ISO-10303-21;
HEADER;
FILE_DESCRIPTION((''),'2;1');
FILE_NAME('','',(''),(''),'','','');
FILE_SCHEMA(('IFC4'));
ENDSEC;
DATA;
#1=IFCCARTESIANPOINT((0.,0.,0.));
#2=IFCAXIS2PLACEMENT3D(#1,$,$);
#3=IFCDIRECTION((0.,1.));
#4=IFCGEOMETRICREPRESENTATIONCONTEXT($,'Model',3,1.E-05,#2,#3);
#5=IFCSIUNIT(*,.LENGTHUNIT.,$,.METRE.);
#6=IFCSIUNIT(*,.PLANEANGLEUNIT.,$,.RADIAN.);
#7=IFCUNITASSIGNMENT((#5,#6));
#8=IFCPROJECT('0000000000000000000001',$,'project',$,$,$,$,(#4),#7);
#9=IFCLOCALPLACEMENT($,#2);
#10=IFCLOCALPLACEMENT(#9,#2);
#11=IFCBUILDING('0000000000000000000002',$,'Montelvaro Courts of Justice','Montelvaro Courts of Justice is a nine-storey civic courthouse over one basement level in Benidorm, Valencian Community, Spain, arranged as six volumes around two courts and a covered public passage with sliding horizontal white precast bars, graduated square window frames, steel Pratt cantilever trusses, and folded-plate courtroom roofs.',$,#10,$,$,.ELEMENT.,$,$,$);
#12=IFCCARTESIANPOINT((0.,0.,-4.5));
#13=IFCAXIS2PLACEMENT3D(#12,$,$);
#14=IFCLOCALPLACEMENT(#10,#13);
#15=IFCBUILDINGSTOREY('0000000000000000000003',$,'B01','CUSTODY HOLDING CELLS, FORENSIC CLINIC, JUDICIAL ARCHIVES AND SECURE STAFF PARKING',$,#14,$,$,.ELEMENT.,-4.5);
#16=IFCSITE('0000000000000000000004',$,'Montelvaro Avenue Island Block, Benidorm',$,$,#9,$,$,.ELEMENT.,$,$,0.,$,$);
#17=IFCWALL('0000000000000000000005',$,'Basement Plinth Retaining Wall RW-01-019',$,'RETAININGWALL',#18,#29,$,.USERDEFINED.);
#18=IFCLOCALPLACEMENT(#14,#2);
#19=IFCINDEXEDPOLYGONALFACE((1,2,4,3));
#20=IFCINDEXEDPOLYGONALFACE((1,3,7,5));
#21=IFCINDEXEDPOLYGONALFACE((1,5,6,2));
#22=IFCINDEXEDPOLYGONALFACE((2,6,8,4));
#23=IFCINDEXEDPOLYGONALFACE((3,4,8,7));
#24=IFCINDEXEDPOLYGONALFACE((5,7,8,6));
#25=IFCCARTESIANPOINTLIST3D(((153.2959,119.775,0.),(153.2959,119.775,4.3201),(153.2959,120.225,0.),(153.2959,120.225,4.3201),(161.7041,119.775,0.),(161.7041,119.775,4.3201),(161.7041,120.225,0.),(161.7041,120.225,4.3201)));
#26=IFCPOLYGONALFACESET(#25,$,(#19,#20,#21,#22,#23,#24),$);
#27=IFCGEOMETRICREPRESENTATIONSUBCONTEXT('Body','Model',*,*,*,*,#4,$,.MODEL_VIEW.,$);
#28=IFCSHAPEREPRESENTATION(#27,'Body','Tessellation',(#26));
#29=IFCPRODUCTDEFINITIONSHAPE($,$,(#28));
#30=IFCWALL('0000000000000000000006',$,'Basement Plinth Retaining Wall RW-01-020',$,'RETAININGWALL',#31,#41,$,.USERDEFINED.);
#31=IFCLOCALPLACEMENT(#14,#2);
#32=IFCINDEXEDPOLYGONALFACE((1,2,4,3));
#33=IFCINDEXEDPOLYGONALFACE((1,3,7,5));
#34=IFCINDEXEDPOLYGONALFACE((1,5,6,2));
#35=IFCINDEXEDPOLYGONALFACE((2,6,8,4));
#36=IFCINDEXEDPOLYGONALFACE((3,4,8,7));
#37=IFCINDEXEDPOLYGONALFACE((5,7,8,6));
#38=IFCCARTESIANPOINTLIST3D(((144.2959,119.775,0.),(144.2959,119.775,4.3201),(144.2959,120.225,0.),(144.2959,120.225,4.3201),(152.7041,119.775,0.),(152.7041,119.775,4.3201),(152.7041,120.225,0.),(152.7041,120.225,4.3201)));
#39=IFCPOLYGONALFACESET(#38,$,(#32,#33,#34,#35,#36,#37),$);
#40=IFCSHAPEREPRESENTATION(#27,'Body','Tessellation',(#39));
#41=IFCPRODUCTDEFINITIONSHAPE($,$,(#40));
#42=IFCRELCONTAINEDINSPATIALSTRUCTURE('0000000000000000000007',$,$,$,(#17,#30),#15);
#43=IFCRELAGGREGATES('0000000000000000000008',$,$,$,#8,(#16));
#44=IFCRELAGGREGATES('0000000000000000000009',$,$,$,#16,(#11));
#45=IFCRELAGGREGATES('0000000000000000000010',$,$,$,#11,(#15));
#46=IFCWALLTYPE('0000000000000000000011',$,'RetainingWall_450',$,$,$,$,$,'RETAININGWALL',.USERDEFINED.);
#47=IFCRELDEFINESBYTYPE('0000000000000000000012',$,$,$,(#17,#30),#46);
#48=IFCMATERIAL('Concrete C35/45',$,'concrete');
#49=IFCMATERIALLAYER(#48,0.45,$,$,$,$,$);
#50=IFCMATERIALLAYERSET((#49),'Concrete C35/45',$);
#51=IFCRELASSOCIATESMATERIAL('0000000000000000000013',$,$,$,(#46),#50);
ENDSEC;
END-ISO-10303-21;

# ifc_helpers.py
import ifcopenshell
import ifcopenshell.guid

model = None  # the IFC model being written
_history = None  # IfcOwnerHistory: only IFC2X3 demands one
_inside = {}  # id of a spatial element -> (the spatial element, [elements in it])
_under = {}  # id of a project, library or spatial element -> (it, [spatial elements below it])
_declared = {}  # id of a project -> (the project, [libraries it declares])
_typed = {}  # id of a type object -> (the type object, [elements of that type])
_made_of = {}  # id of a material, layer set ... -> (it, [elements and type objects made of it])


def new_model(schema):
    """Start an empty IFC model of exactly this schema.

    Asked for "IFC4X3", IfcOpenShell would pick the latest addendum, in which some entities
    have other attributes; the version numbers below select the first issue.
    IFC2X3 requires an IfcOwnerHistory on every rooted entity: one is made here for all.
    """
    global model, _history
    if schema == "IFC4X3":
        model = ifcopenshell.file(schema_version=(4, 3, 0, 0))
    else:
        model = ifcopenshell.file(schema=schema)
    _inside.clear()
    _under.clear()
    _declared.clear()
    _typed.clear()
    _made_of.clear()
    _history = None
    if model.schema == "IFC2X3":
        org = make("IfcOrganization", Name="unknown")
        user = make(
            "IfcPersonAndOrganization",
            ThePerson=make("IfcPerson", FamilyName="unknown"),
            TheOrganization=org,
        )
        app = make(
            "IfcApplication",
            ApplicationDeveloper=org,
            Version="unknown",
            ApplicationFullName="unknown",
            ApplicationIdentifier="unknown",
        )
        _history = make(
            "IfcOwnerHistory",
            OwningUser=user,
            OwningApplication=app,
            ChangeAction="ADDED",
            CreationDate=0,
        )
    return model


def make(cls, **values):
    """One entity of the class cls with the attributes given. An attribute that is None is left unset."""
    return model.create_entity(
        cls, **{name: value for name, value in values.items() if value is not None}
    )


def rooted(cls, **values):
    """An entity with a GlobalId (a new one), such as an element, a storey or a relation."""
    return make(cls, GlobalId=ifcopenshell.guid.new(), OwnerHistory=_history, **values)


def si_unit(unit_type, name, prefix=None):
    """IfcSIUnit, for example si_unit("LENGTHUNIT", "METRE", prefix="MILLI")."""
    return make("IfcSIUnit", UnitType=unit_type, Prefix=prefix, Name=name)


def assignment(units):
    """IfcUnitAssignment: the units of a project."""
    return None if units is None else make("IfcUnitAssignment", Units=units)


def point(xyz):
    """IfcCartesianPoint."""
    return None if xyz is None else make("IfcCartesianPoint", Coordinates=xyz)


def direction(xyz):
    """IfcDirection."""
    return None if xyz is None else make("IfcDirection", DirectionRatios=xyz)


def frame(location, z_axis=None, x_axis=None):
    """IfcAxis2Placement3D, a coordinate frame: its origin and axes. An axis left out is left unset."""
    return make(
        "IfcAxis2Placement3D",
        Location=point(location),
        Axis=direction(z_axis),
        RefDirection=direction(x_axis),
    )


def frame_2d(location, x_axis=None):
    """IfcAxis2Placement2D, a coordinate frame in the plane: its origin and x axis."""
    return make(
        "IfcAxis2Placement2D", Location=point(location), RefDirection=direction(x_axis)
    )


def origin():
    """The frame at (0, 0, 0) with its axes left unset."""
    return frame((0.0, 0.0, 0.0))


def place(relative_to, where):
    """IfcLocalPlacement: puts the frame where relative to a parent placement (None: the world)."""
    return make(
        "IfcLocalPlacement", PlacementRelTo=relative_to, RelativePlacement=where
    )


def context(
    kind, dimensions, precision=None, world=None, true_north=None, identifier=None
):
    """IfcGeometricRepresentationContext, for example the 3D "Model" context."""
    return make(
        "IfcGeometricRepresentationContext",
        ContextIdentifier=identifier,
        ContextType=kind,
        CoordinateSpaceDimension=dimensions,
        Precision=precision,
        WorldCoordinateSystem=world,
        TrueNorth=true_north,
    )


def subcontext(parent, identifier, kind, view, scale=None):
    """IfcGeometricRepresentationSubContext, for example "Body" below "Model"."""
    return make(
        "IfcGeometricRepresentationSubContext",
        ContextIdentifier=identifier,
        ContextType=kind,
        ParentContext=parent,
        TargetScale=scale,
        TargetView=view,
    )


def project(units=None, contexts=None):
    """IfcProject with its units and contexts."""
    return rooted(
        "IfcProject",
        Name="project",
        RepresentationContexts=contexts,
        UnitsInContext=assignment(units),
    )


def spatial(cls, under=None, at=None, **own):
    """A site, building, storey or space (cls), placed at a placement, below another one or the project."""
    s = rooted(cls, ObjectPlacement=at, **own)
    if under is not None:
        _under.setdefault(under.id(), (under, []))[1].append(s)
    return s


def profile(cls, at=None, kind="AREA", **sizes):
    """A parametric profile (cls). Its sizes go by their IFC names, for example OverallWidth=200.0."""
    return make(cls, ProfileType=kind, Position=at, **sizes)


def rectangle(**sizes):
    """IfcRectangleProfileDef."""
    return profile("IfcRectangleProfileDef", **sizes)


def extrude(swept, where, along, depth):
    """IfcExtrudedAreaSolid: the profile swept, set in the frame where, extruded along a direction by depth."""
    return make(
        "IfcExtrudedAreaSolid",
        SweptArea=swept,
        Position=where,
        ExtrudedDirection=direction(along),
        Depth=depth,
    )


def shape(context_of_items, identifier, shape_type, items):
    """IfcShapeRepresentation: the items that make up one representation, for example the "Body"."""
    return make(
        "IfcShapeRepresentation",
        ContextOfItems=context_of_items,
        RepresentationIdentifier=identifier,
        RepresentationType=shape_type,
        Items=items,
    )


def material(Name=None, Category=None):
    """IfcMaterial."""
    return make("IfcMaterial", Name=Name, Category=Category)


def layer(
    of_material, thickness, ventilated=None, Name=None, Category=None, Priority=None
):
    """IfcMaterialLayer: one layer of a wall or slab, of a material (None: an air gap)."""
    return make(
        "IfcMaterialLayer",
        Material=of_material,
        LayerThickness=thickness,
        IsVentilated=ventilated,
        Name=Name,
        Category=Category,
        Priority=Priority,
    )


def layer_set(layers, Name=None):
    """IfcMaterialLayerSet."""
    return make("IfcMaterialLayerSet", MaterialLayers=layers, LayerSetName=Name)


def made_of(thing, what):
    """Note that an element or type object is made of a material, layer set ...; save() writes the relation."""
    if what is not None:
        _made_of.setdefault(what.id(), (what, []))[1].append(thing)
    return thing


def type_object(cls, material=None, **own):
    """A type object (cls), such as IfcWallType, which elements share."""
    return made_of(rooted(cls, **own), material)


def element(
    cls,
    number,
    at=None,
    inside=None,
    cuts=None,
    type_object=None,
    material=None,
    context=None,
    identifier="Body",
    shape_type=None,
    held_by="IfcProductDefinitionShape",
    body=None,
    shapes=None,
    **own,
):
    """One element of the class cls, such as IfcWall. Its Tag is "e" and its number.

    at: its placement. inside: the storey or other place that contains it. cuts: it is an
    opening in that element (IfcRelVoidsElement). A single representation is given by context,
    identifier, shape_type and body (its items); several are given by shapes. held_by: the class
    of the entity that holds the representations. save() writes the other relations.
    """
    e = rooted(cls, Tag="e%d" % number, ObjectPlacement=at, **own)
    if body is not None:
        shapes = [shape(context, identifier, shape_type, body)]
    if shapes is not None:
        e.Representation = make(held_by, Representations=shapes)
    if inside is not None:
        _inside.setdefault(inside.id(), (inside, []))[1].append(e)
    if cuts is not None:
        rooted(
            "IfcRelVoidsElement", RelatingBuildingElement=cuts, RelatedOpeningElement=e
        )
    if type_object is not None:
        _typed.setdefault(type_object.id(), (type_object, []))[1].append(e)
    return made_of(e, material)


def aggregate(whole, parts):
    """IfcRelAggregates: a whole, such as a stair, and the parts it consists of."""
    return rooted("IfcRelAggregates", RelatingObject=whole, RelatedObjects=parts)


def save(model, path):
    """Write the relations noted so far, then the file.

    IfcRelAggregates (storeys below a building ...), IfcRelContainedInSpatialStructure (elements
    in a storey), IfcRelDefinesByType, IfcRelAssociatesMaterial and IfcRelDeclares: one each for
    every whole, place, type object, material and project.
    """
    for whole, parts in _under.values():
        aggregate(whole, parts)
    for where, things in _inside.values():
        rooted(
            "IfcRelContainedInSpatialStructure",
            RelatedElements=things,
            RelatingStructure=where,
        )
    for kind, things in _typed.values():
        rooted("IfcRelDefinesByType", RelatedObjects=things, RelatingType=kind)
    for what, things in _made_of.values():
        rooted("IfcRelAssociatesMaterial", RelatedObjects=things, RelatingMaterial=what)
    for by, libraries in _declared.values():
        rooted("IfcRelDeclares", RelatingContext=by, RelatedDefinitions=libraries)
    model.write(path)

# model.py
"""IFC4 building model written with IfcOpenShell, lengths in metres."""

from ifc_helpers import new_model, si_unit, direction, frame, frame_2d, origin, place, context, subcontext, project, spatial, rectangle, extrude, material, layer, layer_set, type_object, element, save


model = new_model("IFC4")

# Units and contexts
model_context = context("Model", 3, precision=1e-05, world=origin(), true_north=direction((0.0, 1.0)))
body_context = subcontext(model_context, "Body", "Model", "MODEL_VIEW")
ifc_project = project(units=[si_unit("LENGTHUNIT", "METRE"), si_unit("PLANEANGLEUNIT", "RADIAN")], contexts=[model_context])

# Site, building, storey
site_placement = place(None, origin())
site = spatial("IfcSite", under=ifc_project, at=site_placement, Name="Montelvaro Avenue Island Block, Benidorm", CompositionType="ELEMENT", RefElevation=0.0)
building_placement = place(site_placement, origin())
building = spatial("IfcBuilding", under=site, at=building_placement, Name="Montelvaro Courts of Justice", Description="Montelvaro Courts of Justice is a nine-storey civic courthouse over one basement level in Benidorm, Valencian Community, Spain, arranged as six volumes around two courts and a covered public passage with sliding horizontal white precast bars, graduated square window frames, steel Pratt cantilever trusses, and folded-plate courtroom roofs.", CompositionType="ELEMENT")
storey_placement = place(building_placement, frame((0.0, 0.0, -4.5)))
storey = spatial("IfcBuildingStorey", under=building, at=storey_placement, Name="B01", Description="CUSTODY HOLDING CELLS, FORENSIC CLINIC, JUDICIAL ARCHIVES AND SECURE STAFF PARKING", CompositionType="ELEMENT", Elevation=-4.5)

# Shared definitions
ifc_material_1 = material(Name="Concrete C35/45", Category="concrete")

# Walls
ifc_layer = layer(ifc_material_1, 0.45)
ifc_layer_set = layer_set([ifc_layer], Name="Concrete C35/45")
wall_type = type_object("IfcWallType", Name="RetainingWall_450", ElementType="RETAININGWALL", PredefinedType="USERDEFINED", material=ifc_layer_set)
for number, where, z_axis, x_axis, name in (
    (1, (161.7041, 120.0, 0.0), (0.0, 0.0, 1.0), (-1.0, 0.0, 0.0), "Basement Plinth Retaining Wall RW-01-019"),
    (2, (152.7041, 120.0, 0.0), (0.0, 0.0, 1.0), (-1.0, 0.0, 0.0), "Basement Plinth Retaining Wall RW-01-020"),
):
    element("IfcWall", number, at=place(storey_placement, frame(where, z_axis=z_axis, x_axis=x_axis)), inside=storey, type_object=wall_type, Name=name, ObjectType="RETAININGWALL", PredefinedType="USERDEFINED", context=body_context, shape_type="SweptSolid", body=[
        extrude(rectangle(XDim=8.4082, YDim=0.45, at=frame_2d((4.2041, 0.0))), origin(), (0.0, 0.0, 1.0), 4.3201),
    ])

save(model, "model.ifc")
